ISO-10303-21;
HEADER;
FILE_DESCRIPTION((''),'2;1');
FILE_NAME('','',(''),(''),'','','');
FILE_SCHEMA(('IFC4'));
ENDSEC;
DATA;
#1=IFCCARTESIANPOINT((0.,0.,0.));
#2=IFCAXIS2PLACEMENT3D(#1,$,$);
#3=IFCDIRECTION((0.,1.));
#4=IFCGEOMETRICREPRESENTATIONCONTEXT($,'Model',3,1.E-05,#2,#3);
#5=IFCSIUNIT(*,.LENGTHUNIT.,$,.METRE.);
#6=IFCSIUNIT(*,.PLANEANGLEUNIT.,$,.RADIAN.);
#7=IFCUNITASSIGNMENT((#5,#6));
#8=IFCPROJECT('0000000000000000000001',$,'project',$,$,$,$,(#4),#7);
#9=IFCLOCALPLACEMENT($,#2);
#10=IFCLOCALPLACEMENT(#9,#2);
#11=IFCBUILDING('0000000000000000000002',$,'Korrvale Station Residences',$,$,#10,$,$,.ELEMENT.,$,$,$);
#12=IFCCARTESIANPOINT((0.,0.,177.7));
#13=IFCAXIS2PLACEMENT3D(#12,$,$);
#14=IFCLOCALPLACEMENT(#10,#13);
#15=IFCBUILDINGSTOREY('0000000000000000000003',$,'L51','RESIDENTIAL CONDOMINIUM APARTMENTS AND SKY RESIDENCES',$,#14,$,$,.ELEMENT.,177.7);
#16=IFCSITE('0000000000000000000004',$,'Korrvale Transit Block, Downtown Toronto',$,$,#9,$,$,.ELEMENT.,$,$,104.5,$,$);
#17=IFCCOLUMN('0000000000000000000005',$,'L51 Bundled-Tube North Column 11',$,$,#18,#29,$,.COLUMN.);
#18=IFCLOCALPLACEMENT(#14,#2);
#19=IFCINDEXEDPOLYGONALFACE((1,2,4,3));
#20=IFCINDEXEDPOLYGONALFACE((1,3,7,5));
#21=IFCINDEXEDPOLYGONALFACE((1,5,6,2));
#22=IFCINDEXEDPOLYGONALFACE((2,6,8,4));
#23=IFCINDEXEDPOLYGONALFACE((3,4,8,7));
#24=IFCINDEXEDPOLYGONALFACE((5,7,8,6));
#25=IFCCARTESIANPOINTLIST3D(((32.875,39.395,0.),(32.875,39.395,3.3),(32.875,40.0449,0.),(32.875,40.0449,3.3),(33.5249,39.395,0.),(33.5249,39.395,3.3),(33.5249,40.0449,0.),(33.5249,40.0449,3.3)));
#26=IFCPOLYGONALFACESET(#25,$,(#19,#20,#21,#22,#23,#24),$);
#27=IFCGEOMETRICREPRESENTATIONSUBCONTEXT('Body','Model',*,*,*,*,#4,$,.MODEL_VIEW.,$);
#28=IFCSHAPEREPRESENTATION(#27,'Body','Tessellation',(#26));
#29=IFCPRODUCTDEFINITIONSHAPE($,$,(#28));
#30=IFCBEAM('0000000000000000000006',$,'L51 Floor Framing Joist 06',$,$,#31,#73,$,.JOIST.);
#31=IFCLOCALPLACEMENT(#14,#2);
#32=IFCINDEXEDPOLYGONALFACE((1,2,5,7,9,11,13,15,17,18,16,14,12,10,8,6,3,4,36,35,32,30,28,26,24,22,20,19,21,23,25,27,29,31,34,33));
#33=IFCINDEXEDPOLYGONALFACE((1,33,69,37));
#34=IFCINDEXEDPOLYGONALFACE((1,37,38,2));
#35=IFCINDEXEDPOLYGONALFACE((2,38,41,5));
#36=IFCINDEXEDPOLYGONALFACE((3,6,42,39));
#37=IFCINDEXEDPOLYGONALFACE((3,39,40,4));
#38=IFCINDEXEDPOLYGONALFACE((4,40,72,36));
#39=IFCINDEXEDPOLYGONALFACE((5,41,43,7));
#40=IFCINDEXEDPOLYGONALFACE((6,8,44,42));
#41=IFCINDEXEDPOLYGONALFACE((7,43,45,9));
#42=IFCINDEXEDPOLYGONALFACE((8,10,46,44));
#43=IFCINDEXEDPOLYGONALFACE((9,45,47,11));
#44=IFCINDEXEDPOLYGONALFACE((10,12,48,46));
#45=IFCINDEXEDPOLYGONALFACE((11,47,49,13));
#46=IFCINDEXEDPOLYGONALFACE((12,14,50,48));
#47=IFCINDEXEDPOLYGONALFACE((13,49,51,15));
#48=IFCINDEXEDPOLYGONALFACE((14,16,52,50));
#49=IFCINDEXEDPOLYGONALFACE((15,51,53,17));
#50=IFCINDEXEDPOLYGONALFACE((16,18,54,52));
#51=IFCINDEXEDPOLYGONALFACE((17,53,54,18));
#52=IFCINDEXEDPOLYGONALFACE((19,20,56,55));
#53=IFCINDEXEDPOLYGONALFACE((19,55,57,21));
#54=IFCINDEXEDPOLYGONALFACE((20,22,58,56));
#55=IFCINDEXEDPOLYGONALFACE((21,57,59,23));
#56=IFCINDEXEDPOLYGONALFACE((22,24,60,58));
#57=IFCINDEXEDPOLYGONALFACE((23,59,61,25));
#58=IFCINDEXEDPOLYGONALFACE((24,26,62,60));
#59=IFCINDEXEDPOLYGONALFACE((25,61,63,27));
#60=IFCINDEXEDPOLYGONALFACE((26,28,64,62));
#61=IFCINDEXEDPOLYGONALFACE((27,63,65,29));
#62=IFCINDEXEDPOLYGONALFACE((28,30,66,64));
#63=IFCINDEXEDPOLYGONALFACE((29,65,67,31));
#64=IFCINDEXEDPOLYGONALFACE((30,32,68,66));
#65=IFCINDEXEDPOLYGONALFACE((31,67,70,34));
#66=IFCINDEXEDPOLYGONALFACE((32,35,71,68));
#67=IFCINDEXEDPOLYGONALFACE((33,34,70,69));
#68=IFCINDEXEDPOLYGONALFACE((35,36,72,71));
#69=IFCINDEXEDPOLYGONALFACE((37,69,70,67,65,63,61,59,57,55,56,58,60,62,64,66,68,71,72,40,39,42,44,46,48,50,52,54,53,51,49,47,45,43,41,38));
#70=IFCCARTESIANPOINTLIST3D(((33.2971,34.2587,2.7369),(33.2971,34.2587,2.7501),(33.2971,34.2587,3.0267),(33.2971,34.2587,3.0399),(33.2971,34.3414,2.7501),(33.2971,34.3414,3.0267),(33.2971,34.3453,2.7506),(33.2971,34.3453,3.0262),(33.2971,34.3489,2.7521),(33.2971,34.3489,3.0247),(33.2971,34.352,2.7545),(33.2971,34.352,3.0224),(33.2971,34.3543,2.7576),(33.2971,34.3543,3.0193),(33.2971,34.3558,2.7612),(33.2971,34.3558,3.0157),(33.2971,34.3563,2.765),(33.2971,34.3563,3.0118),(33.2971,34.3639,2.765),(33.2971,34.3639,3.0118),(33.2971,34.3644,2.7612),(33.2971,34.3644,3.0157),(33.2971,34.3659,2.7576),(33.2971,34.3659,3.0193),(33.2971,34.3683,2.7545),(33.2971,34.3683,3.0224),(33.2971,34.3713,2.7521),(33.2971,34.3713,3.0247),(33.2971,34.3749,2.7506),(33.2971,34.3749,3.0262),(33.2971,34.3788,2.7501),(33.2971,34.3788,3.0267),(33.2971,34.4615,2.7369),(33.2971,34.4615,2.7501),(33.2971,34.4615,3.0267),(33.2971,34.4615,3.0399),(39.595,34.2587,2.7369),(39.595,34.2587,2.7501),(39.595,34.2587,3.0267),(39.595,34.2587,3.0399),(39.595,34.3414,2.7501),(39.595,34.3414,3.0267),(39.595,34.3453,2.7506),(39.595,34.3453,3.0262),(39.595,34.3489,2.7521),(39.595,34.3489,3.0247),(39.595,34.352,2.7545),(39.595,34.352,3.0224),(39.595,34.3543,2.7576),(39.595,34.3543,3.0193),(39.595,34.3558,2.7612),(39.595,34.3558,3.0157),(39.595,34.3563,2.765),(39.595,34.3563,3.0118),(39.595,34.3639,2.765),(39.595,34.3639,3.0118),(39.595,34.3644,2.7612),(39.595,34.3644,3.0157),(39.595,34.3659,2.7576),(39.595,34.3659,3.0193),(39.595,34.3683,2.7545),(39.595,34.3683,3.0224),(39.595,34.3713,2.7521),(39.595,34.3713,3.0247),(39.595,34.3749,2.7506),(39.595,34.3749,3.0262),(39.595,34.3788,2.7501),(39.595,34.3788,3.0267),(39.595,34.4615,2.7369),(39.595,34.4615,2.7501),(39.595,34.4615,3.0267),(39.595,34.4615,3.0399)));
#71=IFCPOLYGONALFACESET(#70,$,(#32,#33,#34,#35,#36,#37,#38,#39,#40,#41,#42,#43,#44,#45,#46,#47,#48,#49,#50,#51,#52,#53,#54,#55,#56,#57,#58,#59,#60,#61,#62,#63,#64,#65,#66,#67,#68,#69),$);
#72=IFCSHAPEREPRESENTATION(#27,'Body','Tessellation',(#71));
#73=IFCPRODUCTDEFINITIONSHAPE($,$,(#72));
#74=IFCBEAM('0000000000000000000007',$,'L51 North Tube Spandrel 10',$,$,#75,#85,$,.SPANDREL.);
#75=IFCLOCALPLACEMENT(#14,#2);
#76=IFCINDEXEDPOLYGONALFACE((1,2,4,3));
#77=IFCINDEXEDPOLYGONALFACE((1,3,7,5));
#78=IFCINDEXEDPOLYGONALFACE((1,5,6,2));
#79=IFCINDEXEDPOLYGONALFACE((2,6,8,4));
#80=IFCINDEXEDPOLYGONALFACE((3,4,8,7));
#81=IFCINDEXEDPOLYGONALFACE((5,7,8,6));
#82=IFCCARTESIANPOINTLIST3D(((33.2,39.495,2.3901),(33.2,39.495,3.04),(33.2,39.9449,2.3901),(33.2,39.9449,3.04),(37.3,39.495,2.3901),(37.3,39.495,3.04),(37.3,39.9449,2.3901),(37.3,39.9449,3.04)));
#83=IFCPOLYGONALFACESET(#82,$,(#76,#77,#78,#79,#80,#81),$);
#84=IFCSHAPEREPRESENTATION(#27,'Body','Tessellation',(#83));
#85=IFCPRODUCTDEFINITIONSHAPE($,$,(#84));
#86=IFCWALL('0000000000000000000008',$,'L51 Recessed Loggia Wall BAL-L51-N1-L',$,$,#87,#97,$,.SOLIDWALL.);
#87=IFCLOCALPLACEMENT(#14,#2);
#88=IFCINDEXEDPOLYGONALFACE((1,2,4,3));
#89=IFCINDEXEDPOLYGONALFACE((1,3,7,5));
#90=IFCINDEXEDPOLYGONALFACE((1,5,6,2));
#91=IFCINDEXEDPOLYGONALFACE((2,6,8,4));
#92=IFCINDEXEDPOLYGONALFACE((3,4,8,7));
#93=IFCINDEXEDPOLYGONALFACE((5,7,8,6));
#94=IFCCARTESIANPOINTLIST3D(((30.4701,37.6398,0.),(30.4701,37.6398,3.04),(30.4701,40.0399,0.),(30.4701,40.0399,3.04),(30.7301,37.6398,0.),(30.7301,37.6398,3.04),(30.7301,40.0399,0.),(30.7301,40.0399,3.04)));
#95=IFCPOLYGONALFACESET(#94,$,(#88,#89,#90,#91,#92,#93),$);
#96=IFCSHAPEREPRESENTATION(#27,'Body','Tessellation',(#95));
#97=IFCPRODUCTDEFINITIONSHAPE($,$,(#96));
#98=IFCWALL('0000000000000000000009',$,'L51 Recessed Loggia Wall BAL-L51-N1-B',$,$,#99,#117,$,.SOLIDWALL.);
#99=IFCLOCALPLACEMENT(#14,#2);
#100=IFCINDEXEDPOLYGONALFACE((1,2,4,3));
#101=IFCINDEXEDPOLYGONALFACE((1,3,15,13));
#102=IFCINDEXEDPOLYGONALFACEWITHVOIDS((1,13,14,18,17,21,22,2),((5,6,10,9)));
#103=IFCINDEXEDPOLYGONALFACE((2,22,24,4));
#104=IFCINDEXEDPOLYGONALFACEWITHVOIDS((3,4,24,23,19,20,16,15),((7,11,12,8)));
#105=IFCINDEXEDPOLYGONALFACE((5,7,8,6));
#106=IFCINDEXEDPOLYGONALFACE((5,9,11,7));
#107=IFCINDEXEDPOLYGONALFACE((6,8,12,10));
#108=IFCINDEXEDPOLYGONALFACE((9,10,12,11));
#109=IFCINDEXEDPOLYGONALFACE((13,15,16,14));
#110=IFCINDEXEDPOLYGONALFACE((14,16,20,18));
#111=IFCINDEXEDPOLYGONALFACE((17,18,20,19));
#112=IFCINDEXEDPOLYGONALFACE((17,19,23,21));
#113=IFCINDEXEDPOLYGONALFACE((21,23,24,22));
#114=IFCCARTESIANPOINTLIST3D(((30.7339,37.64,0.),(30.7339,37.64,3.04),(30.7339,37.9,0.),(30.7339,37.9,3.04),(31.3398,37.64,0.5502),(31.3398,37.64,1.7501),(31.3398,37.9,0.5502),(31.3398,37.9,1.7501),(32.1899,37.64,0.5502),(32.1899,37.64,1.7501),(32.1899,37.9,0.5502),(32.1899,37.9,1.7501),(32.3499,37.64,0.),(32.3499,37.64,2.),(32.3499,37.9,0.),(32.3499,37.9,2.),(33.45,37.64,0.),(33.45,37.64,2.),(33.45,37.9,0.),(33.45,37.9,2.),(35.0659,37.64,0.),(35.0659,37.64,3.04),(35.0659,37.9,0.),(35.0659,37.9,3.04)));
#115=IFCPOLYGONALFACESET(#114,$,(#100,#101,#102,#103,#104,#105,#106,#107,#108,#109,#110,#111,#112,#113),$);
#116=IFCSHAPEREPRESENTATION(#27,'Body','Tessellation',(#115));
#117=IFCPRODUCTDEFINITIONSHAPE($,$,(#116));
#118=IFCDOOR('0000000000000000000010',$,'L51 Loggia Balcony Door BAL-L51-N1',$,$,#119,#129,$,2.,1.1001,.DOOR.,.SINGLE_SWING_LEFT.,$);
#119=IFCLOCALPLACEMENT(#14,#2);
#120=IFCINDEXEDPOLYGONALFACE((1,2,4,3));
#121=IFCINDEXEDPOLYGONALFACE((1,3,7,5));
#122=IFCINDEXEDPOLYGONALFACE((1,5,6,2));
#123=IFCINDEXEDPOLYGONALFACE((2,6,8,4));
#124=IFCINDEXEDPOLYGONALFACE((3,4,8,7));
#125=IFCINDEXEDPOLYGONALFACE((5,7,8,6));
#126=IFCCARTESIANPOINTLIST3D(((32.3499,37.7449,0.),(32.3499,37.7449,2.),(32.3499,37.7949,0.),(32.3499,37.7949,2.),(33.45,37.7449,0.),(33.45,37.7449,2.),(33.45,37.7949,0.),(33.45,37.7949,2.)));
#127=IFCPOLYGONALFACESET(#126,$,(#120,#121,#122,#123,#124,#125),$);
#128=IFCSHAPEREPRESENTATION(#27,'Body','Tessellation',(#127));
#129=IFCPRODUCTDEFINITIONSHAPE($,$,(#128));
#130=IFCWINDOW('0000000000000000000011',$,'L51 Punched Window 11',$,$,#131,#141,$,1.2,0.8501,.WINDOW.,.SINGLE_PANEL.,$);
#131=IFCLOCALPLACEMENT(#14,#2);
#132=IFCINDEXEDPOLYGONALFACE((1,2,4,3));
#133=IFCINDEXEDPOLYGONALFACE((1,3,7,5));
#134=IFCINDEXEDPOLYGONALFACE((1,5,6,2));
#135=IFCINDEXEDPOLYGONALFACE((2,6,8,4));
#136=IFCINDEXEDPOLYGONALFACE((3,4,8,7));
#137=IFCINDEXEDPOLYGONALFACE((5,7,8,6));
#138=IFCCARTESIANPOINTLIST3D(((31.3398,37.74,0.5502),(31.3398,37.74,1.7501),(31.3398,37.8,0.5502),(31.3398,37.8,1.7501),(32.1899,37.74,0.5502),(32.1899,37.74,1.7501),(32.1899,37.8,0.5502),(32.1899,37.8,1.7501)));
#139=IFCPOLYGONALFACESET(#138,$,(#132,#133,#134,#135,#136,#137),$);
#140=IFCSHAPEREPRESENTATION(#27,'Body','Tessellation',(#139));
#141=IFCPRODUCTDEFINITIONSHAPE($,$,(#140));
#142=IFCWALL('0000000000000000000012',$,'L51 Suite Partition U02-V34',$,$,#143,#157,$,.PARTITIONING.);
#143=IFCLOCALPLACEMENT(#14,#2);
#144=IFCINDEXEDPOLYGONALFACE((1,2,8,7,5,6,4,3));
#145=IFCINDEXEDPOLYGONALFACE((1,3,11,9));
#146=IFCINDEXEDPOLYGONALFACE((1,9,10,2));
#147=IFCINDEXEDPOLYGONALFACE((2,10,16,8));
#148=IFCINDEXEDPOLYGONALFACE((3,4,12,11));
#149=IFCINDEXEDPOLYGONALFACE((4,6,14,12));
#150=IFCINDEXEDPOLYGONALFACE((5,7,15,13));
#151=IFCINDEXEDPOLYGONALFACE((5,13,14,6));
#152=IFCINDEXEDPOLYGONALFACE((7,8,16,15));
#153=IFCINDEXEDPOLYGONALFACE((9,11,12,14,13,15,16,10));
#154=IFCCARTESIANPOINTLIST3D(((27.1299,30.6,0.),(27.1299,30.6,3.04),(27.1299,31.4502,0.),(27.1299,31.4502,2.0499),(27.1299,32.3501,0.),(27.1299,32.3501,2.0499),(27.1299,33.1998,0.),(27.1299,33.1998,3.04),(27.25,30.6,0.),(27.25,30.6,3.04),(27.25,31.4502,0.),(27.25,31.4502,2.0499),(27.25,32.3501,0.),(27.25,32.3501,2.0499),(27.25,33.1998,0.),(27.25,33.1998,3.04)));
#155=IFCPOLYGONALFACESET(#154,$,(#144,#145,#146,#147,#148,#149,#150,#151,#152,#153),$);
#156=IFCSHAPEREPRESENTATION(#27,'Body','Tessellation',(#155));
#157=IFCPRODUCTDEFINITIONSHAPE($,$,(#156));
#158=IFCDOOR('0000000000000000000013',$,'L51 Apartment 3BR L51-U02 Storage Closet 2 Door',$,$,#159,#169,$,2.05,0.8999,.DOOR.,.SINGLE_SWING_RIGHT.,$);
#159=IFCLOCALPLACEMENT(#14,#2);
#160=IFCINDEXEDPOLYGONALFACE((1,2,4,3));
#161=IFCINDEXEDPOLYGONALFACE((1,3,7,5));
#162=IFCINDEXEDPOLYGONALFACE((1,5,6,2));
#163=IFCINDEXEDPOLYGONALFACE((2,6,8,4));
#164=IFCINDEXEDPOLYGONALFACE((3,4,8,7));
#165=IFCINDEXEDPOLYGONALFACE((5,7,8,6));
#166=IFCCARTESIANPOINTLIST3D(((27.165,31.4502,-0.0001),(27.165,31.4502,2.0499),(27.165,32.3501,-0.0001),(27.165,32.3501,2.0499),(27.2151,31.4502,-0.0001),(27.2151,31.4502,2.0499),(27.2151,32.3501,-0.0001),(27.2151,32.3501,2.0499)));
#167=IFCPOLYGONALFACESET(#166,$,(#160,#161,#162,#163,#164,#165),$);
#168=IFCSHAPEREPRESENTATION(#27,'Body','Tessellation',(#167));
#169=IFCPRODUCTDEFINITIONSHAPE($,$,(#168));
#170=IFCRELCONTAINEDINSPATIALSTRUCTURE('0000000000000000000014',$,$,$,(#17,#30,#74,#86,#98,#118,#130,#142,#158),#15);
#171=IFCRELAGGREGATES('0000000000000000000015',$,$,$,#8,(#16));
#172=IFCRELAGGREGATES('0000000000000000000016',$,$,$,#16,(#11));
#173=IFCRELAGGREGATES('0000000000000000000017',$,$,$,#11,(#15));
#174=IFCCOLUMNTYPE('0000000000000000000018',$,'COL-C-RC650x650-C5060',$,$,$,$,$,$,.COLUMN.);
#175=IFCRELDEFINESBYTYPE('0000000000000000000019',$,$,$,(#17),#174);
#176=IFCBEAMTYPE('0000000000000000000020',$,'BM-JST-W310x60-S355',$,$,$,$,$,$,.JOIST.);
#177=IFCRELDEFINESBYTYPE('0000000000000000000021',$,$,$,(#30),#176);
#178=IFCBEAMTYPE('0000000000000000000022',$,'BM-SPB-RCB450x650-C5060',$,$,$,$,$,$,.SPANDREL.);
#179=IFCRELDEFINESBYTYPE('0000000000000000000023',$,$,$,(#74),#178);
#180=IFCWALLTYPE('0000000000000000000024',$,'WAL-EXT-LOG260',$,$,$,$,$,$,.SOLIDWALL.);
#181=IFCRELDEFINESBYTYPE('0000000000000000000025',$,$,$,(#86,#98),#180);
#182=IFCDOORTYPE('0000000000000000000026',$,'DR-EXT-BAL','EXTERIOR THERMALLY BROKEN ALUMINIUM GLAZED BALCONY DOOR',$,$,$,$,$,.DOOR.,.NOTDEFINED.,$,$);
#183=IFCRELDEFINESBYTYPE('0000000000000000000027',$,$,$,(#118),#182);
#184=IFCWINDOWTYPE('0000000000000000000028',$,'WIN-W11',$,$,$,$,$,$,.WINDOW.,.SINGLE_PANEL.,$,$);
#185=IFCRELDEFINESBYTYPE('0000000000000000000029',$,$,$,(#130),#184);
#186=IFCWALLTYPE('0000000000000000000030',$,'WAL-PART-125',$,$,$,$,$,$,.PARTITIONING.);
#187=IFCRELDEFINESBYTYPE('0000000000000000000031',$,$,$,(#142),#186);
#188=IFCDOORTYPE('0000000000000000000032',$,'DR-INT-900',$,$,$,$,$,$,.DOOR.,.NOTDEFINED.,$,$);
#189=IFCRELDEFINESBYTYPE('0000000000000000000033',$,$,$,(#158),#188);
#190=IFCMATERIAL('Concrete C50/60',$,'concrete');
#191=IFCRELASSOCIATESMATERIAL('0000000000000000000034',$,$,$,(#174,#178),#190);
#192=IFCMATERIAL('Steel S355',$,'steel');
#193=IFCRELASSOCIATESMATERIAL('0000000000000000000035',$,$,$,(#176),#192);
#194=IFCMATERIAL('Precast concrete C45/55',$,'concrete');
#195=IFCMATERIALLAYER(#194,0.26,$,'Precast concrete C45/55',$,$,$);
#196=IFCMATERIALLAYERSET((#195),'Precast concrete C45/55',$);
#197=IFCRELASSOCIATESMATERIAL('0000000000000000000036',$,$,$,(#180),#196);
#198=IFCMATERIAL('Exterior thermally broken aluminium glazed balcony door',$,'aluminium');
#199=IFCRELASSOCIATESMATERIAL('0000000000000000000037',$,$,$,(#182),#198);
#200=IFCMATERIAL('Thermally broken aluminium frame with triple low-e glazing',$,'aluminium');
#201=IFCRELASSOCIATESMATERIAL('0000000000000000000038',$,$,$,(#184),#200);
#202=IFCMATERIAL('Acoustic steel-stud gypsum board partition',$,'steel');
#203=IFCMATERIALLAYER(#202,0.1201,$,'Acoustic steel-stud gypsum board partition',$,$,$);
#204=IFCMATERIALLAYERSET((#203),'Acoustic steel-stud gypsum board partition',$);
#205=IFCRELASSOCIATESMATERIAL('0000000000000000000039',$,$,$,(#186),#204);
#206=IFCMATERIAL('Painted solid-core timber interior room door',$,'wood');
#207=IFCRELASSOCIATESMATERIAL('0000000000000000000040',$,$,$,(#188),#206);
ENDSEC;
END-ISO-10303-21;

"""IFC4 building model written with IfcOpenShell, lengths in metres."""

from ifc_helpers import new_model, si_unit, direction, frame, frame_2d, origin, origin_2d, place, context, subcontext, project, spatial, rectangle, i_section, extrude, material, layer, layer_set, material_profile, profile_set, type_object, element, fill, save


model = new_model("IFC4")

# Units and contexts
model_context = context("Model", 3, precision=1e-05, world=origin(), true_north=direction((0.0, 1.0)))
body_context = subcontext(model_context, "Body", "Model", "MODEL_VIEW")
ifc_project = project(units=[si_unit("LENGTHUNIT", "METRE"), si_unit("PLANEANGLEUNIT", "RADIAN")], contexts=[model_context])

# Site, building, storey
site_placement = place(None, origin())
site = spatial("IfcSite", under=ifc_project, at=site_placement, Name="Korrvale Transit Block, Downtown Toronto", CompositionType="ELEMENT", RefElevation=104.5)
building_placement = place(site_placement, origin())
building = spatial("IfcBuilding", under=site, at=building_placement, Name="Korrvale Station Residences", CompositionType="ELEMENT")
storey_placement = place(building_placement, frame((0.0, 0.0, 177.7)))
storey = spatial("IfcBuildingStorey", under=building, at=storey_placement, Name="L51", Description="RESIDENTIAL CONDOMINIUM APARTMENTS AND SKY RESIDENCES", CompositionType="ELEMENT", Elevation=177.7)

# Column
ifc_material_1 = material(Name="Concrete C50/60", Category="concrete")
ifc_material_profile_1 = material_profile(ifc_material_1, rectangle(XDim=0.6499, YDim=0.6499, at=origin_2d()), Name="RC650x650")
ifc_profile_set_1 = profile_set([ifc_material_profile_1], Name="Concrete C50/60")
column_type = type_object("IfcColumnType", Name="COL-C-RC650x650-C5060", PredefinedType="COLUMN", material=ifc_profile_set_1)
column_placement = place(storey_placement, frame((33.2, 39.72, 0.0), z_axis=(0.0, 0.0, 1.0), x_axis=(1.0, 0.0, 0.0)))
element("IfcColumn", 1, at=column_placement, inside=storey, type_object=column_type, Name="L51 Bundled-Tube North Column 11", PredefinedType="COLUMN", context=body_context, shape_type="SweptSolid", body=[
    extrude(rectangle(XDim=0.6499, YDim=0.6499, at=origin_2d()), origin(), (0.0, 0.0, 1.0), 3.3),
])

# Beams
ifc_material_2 = material(Name="Steel S355", Category="steel")
ifc_material_profile_2 = material_profile(ifc_material_2, i_section(OverallWidth=0.2029, OverallDepth=0.303, WebThickness=0.0076, FlangeThickness=0.0132, FilletRadius=0.0149, at=origin_2d()), Name="W310x60")
ifc_profile_set_2 = profile_set([ifc_material_profile_2], Name="Steel S355")
beam_type_1 = type_object("IfcBeamType", Name="BM-JST-W310x60-S355", PredefinedType="JOIST", material=ifc_profile_set_2)
beam_1_placement = place(storey_placement, frame((33.2971, 34.3601, 2.8884), z_axis=(1.0, 0.0, 0.0), x_axis=(0.0, 1.0, 0.0)))
element("IfcBeam", 2, at=beam_1_placement, inside=storey, type_object=beam_type_1, Name="L51 Floor Framing Joist 06", PredefinedType="JOIST", context=body_context, shape_type="SweptSolid", body=[
    extrude(i_section(OverallWidth=0.2029, OverallDepth=0.303, WebThickness=0.0076, FlangeThickness=0.0132, FilletRadius=0.0149, at=origin_2d()), origin(), (0.0, 0.0, 1.0), 6.2979),
])
ifc_material_profile_3 = material_profile(ifc_material_1, rectangle(XDim=0.45, YDim=0.6499, at=origin_2d()), Name="RCB450x650")
ifc_profile_set_3 = profile_set([ifc_material_profile_3], Name="Concrete C50/60")
beam_type_2 = type_object("IfcBeamType", Name="BM-SPB-RCB450x650-C5060", PredefinedType="SPANDREL", material=ifc_profile_set_3)
beam_2_placement = place(storey_placement, frame((33.2, 39.72, 2.7151), z_axis=(1.0, 0.0, 0.0), x_axis=(0.0, 1.0, 0.0)))
element("IfcBeam", 3, at=beam_2_placement, inside=storey, type_object=beam_type_2, Name="L51 North Tube Spandrel 10", PredefinedType="SPANDREL", context=body_context, shape_type="SweptSolid", body=[
    extrude(rectangle(XDim=0.45, YDim=0.6499, at=origin_2d()), origin(), (0.0, 0.0, 1.0), 4.1001),
])

# Wall
ifc_material_3 = material(Name="Precast concrete C45/55", Category="concrete")
ifc_layer_1 = layer(ifc_material_3, 0.26, Name="Precast concrete C45/55")
ifc_layer_set_1 = layer_set([ifc_layer_1], Name="Precast concrete C45/55")
wall_type_1 = type_object("IfcWallType", Name="WAL-EXT-LOG260", PredefinedType="SOLIDWALL", material=ifc_layer_set_1)
wall_1_placement = place(storey_placement, frame((30.6001, 40.04, 0.0), z_axis=(0.0, 0.0, 1.0), x_axis=(0.0, -1.0, 0.0)))
element("IfcWall", 4, at=wall_1_placement, inside=storey, type_object=wall_type_1, Name="L51 Recessed Loggia Wall BAL-L51-N1-L", PredefinedType="SOLIDWALL", context=body_context, shape_type="SweptSolid", body=[
    extrude(rectangle(XDim=2.4001, YDim=0.26, at=frame_2d((1.2002, 0.0))), origin(), (0.0, 0.0, 1.0), 3.04),
])

# Wall, openings, door, window
wall_2_placement = place(storey_placement, frame((30.7339, 37.77, 0.0), z_axis=(0.0, 0.0, 1.0), x_axis=(1.0, 0.0, 0.0)))
wall_2 = element("IfcWall", 5, at=wall_2_placement, inside=storey, type_object=wall_type_1, Name="L51 Recessed Loggia Wall BAL-L51-N1-B", PredefinedType="SOLIDWALL", context=body_context, shape_type="SweptSolid", body=[
    extrude(rectangle(XDim=4.332, YDim=0.26, at=frame_2d((2.166, 0.0))), origin(), (0.0, 0.0, 1.0), 3.04),
])
opening_1_placement = place(wall_2_placement, frame((1.616, 0.0, 0.0)))
opening_1 = element("IfcOpeningElement", 6, at=opening_1_placement, cuts=wall_2, PredefinedType="OPENING", context=body_context, shape_type="SweptSolid", body=[
    extrude(rectangle(XDim=1.1001, YDim=2.0, at=frame_2d((0.55, 1.0))), frame((0.0, 0.1401, 0.0), z_axis=(0.0, -1.0, 0.0), x_axis=(1.0, 0.0, 0.0)), (0.0, 0.0, 1.0), 0.28),
])
opening_2_placement = place(wall_2_placement, frame((0.606, 0.0, 0.55)))
opening_2 = element("IfcOpeningElement", 7, at=opening_2_placement, cuts=wall_2, PredefinedType="OPENING", context=body_context, shape_type="SweptSolid", body=[
    extrude(rectangle(XDim=0.8501, YDim=1.2, at=frame_2d((0.425, 0.6001))), frame((0.0, 0.1401, 0.0), z_axis=(0.0, -1.0, 0.0), x_axis=(1.0, 0.0, 0.0)), (0.0, 0.0, 1.0), 0.28),
])
ifc_material_4 = material(Name="Exterior thermally broken aluminium glazed balcony door", Category="aluminium")
door_type_1 = type_object("IfcDoorType", Name="DR-EXT-BAL", Description="EXTERIOR THERMALLY BROKEN ALUMINIUM GLAZED BALCONY DOOR", OperationType="NOTDEFINED", PredefinedType="DOOR", material=ifc_material_4)
door_1_placement = place(opening_1_placement, origin())
door_1 = element("IfcDoor", 8, at=door_1_placement, inside=storey, type_object=door_type_1, Name="L51 Loggia Balcony Door BAL-L51-N1", OperationType="SINGLE_SWING_LEFT", OverallHeight=2.0, OverallWidth=1.1001, PredefinedType="DOOR", context=body_context, shape_type="SweptSolid", body=[
    extrude(rectangle(XDim=1.1001, YDim=2.0, at=frame_2d((0.55, 1.0))), frame((0.0, 0.0249, 0.0), z_axis=(0.0, -1.0, 0.0), x_axis=(1.0, 0.0, 0.0)), (0.0, 0.0, 1.0), 0.05),
])
fill(opening_1, door_1)
ifc_material_5 = material(Name="Thermally broken aluminium frame with triple low-e glazing", Category="aluminium")
window_type = type_object("IfcWindowType", Name="WIN-W11", PartitioningType="SINGLE_PANEL", PredefinedType="WINDOW", material=ifc_material_5)
window_placement = place(opening_2_placement, origin())
window = element("IfcWindow", 9, at=window_placement, inside=storey, type_object=window_type, Name="L51 Punched Window 11", OverallHeight=1.2, OverallWidth=0.8501, PartitioningType="SINGLE_PANEL", PredefinedType="WINDOW", context=body_context, shape_type="SweptSolid", body=[
    extrude(rectangle(XDim=0.8501, YDim=1.2, at=frame_2d((0.425, 0.6001))), frame((0.0, 0.03, 0.0), z_axis=(0.0, -1.0, 0.0), x_axis=(1.0, 0.0, 0.0)), (0.0, 0.0, 1.0), 0.0601),
])
fill(opening_2, window)

# Wall, opening, door
ifc_material_6 = material(Name="Acoustic steel-stud gypsum board partition", Category="steel")
ifc_layer_2 = layer(ifc_material_6, 0.1201, Name="Acoustic steel-stud gypsum board partition")
ifc_layer_set_2 = layer_set([ifc_layer_2], Name="Acoustic steel-stud gypsum board partition")
wall_type_2 = type_object("IfcWallType", Name="WAL-PART-125", PredefinedType="PARTITIONING", material=ifc_layer_set_2)
wall_3_placement = place(storey_placement, frame((27.1899, 30.6001, 0.0), z_axis=(0.0, 0.0, 1.0), x_axis=(0.0, 1.0, 0.0)))
wall_3 = element("IfcWall", 10, at=wall_3_placement, inside=storey, type_object=wall_type_2, Name="L51 Suite Partition U02-V34", PredefinedType="PARTITIONING", context=body_context, shape_type="SweptSolid", body=[
    extrude(rectangle(XDim=2.5999, YDim=0.1201, at=frame_2d((1.2998, 0.0))), origin(), (0.0, 0.0, 1.0), 3.04),
])
opening_3_placement = place(wall_3_placement, frame((0.8501, 0.0, 0.0)))
opening_3 = element("IfcOpeningElement", 11, at=opening_3_placement, cuts=wall_3, PredefinedType="OPENING", context=body_context, shape_type="SweptSolid", body=[
    extrude(rectangle(XDim=0.8999, YDim=2.05, at=frame_2d((0.45, 1.0249))), frame((0.0, 0.0701, 0.0), z_axis=(0.0, -1.0, 0.0), x_axis=(1.0, 0.0, 0.0)), (0.0, 0.0, 1.0), 0.1401),
])
ifc_material_7 = material(Name="Painted solid-core timber interior room door", Category="wood")
door_type_2 = type_object("IfcDoorType", Name="DR-INT-900", OperationType="NOTDEFINED", PredefinedType="DOOR", material=ifc_material_7)
door_2_placement = place(opening_3_placement, origin())
door_2 = element("IfcDoor", 12, at=door_2_placement, inside=storey, type_object=door_type_2, Name="L51 Apartment 3BR L51-U02 Storage Closet 2 Door", OperationType="SINGLE_SWING_RIGHT", OverallHeight=2.05, OverallWidth=0.8999, PredefinedType="DOOR", context=body_context, shape_type="SweptSolid", body=[
    extrude(rectangle(XDim=0.8999, YDim=2.05, at=frame_2d((0.45, 1.0249))), frame((0.0, 0.0249, 0.0), z_axis=(0.0, -1.0, 0.0), x_axis=(1.0, 0.0, 0.0)), (0.0, 0.0, 1.0), 0.05),
])
fill(opening_3, door_2)

save(model, "model.ifc")
